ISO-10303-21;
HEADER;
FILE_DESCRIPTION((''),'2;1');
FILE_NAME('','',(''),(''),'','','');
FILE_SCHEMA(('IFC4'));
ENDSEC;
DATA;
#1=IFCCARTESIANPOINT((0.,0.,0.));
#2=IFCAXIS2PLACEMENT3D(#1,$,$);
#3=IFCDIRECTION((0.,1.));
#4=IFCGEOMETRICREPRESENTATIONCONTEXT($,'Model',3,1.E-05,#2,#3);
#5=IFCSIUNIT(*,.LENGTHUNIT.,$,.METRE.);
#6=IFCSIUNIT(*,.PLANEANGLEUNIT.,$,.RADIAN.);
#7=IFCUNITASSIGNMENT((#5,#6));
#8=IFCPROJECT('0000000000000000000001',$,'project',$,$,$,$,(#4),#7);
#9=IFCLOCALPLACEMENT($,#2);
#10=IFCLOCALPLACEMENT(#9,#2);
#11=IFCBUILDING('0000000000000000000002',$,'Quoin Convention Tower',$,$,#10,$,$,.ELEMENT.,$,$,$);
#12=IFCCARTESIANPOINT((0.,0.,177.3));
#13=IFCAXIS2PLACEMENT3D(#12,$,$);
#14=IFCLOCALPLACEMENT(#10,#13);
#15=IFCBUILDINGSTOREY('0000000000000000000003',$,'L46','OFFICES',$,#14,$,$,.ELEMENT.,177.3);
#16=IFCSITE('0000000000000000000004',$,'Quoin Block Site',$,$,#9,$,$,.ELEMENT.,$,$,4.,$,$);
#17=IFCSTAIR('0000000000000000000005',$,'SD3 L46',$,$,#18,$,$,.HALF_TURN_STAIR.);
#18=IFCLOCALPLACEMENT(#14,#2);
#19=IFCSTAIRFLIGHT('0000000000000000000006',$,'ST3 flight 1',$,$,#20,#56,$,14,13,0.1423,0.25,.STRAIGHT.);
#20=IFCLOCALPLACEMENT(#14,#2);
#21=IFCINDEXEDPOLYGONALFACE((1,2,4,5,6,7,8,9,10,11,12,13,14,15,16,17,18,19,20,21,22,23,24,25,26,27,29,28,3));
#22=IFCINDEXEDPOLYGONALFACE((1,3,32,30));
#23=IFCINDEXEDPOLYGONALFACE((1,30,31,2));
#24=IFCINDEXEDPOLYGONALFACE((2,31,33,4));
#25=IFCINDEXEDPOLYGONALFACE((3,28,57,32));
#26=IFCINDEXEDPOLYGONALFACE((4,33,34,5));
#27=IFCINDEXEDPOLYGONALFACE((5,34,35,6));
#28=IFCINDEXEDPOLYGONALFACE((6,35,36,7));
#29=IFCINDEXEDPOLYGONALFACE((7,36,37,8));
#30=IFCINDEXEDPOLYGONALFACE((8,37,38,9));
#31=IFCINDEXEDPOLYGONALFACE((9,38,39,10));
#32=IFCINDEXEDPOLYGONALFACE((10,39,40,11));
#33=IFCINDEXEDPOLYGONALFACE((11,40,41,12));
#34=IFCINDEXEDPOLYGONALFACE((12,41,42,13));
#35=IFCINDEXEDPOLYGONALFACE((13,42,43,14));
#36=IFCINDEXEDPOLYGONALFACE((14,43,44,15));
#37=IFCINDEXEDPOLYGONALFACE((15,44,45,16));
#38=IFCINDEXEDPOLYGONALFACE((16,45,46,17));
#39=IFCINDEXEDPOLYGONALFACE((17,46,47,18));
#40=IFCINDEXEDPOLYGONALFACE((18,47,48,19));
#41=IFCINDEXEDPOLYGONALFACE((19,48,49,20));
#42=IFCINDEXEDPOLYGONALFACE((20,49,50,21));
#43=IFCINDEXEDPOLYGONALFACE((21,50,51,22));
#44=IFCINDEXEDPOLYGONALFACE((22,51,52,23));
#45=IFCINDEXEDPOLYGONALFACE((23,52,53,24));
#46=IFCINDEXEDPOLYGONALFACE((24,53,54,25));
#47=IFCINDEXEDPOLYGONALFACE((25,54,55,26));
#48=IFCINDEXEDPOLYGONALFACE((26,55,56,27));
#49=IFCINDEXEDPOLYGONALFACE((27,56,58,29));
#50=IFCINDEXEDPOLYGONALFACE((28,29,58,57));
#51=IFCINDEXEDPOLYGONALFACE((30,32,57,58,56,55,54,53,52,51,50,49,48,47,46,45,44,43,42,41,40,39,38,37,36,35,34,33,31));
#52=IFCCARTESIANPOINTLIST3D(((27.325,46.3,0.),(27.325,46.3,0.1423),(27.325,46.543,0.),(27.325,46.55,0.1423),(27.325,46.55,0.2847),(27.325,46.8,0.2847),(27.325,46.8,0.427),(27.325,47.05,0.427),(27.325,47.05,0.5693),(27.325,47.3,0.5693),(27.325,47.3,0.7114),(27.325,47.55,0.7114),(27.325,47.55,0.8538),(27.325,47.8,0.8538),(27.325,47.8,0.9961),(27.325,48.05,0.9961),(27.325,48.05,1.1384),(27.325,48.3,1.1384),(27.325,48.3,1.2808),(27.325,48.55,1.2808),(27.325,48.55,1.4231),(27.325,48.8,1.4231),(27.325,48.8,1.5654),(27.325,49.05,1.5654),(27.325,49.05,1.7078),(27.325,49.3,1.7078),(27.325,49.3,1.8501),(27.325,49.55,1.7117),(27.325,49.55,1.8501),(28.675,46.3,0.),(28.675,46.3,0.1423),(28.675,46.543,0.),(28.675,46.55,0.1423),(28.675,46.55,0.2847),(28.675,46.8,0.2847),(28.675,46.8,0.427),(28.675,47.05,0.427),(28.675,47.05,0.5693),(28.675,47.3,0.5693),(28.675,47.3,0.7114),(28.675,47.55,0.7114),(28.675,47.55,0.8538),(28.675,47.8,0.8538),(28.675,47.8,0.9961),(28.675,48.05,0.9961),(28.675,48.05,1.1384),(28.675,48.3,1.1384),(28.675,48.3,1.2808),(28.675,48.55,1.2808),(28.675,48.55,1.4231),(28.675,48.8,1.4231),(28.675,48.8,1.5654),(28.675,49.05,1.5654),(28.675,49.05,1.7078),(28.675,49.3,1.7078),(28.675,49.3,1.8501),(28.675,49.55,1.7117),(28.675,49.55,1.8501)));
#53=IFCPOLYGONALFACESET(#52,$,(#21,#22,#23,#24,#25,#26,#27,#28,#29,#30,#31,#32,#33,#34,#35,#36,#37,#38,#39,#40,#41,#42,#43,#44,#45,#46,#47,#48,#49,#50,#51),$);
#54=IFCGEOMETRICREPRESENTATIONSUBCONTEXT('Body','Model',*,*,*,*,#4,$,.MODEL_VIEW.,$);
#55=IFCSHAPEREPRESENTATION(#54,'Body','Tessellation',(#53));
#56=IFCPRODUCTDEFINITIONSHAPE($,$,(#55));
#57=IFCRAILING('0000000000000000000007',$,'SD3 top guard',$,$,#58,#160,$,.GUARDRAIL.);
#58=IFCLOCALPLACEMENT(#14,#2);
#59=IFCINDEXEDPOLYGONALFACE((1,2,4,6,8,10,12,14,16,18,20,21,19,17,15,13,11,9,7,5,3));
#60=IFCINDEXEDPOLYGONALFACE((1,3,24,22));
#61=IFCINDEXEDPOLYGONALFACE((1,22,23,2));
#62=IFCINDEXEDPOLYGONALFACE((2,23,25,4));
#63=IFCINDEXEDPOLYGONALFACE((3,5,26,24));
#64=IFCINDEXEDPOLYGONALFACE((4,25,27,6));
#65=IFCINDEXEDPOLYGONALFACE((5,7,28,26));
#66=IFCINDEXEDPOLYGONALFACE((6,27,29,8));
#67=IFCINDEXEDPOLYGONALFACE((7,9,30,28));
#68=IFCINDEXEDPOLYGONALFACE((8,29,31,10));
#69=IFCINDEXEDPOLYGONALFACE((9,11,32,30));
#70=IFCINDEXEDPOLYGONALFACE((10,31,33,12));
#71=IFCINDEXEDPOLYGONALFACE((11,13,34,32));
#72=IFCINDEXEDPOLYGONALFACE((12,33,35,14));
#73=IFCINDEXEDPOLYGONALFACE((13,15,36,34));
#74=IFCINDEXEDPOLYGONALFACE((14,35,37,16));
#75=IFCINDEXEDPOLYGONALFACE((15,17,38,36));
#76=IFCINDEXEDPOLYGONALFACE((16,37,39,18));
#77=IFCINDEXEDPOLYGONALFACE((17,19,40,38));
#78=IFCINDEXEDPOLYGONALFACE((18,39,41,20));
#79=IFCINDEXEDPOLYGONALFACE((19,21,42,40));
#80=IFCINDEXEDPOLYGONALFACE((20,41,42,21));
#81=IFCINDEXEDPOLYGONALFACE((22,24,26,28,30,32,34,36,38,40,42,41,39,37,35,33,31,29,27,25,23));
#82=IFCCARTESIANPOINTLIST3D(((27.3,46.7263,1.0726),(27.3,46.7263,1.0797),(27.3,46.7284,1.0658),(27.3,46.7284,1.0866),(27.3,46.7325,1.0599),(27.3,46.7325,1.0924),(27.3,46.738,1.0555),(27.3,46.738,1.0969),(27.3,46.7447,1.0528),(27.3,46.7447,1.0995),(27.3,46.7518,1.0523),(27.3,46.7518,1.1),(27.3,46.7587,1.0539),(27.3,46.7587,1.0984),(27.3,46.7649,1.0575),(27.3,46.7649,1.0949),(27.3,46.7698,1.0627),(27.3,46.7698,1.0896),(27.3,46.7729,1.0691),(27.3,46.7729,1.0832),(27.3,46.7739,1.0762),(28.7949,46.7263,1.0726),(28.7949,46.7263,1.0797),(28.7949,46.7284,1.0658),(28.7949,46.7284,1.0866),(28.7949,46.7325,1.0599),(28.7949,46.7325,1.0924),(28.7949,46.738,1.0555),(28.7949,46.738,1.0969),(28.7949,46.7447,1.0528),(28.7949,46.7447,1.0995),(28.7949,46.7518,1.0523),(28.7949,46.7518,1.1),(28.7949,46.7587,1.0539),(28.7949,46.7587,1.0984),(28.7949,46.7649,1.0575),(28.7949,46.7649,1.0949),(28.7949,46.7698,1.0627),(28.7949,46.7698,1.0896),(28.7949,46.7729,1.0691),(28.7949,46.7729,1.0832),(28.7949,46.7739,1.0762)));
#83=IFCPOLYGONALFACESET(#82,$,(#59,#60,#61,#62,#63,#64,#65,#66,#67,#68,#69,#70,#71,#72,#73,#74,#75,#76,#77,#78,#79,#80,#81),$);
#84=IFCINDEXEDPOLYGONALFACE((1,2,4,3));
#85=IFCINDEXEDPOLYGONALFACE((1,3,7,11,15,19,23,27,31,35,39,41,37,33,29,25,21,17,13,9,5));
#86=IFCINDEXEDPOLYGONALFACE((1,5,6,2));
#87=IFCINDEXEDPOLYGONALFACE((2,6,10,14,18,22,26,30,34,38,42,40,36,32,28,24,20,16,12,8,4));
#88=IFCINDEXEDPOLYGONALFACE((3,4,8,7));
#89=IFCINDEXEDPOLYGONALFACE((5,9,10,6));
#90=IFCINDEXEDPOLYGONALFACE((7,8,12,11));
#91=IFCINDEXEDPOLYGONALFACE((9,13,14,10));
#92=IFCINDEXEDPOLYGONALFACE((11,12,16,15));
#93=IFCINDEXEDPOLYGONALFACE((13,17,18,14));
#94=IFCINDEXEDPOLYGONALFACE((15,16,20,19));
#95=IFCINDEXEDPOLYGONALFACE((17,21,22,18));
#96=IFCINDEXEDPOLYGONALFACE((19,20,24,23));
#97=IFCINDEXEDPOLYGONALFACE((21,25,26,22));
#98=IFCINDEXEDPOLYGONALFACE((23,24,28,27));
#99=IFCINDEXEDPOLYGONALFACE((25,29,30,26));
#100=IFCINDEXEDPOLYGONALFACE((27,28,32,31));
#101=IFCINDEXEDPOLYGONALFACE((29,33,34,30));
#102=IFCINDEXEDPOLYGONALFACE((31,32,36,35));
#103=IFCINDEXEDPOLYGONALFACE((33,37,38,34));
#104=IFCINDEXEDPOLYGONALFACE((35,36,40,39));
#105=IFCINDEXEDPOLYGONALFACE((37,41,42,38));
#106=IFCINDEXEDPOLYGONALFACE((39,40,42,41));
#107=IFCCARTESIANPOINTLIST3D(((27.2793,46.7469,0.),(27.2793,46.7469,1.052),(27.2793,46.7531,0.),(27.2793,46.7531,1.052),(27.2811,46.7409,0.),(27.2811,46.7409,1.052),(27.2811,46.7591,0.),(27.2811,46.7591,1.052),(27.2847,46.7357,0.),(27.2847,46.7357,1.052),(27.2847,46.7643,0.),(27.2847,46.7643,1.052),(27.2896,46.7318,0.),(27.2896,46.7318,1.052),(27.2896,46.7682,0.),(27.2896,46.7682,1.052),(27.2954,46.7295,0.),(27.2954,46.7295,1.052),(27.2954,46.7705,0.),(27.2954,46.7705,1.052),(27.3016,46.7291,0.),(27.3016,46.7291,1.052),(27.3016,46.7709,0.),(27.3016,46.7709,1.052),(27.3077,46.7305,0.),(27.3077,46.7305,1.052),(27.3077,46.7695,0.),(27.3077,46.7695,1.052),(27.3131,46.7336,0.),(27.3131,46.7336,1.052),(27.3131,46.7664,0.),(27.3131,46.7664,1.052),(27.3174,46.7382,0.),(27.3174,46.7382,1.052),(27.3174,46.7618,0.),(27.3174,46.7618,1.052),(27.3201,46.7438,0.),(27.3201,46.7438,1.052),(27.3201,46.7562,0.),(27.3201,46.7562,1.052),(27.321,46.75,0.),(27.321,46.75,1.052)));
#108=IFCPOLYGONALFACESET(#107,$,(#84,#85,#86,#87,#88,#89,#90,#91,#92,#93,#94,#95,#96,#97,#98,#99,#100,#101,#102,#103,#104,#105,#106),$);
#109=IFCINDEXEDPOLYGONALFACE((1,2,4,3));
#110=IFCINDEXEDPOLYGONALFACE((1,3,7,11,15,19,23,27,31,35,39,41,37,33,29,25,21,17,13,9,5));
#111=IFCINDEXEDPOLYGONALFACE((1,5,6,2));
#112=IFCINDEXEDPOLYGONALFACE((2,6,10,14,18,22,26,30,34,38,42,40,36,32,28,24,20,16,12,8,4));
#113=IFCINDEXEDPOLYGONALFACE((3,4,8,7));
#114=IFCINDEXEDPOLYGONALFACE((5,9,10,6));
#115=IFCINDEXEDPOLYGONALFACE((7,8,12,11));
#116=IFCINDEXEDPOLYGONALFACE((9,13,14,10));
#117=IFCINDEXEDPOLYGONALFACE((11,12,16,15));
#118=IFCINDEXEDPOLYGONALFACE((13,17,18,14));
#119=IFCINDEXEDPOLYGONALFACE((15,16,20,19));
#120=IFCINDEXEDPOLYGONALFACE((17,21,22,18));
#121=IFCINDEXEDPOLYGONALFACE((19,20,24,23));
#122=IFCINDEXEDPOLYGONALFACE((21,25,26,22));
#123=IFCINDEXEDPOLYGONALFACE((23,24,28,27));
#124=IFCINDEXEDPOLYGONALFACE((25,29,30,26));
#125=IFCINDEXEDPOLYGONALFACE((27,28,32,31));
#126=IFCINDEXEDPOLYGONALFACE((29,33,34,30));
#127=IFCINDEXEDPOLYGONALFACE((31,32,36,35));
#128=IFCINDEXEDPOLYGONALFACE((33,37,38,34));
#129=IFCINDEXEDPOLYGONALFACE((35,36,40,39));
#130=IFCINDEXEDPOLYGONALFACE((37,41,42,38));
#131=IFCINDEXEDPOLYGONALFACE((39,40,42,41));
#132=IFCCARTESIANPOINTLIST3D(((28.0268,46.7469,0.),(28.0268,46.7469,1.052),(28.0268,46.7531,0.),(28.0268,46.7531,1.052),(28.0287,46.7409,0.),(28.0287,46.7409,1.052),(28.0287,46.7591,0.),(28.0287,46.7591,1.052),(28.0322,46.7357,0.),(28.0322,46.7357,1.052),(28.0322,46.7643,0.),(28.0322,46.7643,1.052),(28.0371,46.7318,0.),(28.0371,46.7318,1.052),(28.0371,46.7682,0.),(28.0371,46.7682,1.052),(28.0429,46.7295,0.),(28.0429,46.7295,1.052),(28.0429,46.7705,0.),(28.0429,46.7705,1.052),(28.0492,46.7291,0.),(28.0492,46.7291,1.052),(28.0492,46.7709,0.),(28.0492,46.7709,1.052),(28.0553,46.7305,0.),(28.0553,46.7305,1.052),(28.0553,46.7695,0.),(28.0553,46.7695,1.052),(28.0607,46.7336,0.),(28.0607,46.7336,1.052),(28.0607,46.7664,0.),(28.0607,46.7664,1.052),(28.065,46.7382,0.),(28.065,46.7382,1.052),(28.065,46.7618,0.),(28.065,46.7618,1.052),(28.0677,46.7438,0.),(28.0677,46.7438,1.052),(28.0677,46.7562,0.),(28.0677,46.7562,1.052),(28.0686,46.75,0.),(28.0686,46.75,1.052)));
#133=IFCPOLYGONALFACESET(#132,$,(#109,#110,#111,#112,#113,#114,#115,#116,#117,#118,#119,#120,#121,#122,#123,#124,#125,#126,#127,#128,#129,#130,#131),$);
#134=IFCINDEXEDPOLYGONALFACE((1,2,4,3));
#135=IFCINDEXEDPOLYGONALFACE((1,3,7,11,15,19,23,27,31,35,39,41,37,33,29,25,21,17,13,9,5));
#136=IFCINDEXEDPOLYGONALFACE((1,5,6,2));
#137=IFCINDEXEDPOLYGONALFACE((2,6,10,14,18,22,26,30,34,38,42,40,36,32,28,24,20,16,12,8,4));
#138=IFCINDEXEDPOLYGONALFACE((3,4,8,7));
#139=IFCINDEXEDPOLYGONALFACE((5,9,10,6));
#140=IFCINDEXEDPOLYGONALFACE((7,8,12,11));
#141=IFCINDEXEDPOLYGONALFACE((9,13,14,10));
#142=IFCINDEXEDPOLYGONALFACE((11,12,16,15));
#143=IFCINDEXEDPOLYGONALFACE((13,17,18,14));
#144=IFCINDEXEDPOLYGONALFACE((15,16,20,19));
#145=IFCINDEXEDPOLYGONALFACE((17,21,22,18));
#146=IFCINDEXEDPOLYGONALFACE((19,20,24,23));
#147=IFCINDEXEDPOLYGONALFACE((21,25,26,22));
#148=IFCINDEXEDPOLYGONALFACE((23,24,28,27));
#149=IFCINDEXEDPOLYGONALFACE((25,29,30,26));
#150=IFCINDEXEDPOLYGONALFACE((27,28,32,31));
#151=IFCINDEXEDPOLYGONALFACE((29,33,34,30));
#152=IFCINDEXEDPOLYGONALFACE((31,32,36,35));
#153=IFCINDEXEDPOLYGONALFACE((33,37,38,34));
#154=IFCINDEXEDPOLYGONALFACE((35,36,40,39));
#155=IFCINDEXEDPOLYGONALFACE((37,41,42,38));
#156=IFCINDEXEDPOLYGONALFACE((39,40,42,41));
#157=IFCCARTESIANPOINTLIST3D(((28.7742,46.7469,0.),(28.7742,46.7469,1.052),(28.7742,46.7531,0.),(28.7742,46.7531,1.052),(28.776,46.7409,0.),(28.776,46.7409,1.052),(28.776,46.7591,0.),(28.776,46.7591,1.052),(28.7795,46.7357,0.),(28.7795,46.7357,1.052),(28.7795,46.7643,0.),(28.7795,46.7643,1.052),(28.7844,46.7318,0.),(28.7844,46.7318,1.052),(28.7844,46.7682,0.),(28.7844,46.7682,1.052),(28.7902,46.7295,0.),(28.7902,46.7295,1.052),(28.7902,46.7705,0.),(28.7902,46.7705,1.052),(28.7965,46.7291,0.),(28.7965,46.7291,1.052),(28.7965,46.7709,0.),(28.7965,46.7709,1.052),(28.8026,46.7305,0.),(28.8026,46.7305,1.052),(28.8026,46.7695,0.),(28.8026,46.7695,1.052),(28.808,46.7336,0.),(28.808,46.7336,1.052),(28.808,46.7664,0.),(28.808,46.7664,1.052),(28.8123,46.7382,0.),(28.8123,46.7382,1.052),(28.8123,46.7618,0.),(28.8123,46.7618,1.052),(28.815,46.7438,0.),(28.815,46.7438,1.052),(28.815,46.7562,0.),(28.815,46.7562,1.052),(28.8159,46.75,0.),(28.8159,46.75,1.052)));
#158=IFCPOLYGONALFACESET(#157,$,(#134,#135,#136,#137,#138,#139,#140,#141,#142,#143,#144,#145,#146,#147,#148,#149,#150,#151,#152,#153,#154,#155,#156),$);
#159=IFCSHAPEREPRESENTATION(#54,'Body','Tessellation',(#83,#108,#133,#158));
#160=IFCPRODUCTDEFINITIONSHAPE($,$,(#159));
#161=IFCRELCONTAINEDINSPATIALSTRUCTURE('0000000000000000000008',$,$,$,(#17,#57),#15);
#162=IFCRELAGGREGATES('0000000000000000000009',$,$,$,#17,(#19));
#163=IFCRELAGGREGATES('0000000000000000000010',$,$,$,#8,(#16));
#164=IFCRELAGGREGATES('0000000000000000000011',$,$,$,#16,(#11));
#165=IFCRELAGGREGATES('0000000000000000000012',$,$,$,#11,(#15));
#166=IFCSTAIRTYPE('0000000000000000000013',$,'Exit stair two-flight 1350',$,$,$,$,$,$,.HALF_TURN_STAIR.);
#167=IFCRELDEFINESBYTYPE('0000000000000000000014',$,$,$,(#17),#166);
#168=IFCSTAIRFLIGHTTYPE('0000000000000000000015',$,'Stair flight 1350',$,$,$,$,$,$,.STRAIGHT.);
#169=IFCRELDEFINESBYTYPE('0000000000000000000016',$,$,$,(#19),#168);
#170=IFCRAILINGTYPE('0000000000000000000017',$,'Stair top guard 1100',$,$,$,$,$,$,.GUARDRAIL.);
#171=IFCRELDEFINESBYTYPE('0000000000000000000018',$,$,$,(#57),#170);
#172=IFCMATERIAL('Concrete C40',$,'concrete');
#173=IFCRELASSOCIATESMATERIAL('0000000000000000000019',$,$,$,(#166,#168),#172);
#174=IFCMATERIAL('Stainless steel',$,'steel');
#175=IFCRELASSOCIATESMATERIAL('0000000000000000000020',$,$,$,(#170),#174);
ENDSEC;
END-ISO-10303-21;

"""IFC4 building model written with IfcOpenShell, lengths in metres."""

from ifc_helpers import new_model, si_unit, direction, frame, origin, origin_2d, place, context, subcontext, project, spatial, polyline, circle, outline, extrude, material, type_object, element, aggregate, save


model = new_model("IFC4")

# Units and contexts
model_context = context("Model", 3, precision=1e-05, world=origin(), true_north=direction((0.0, 1.0)))
body_context = subcontext(model_context, "Body", "Model", "MODEL_VIEW")
ifc_project = project(units=[si_unit("LENGTHUNIT", "METRE"), si_unit("PLANEANGLEUNIT", "RADIAN")], contexts=[model_context])

# Site, building, storey
site_placement = place(None, origin())
site = spatial("IfcSite", under=ifc_project, at=site_placement, Name="Quoin Block Site", CompositionType="ELEMENT", RefElevation=4.0)
building_placement = place(site_placement, origin())
building = spatial("IfcBuilding", under=site, at=building_placement, Name="Quoin Convention Tower", CompositionType="ELEMENT")
storey_placement = place(building_placement, frame((0.0, 0.0, 177.3)))
storey = spatial("IfcBuildingStorey", under=building, at=storey_placement, Name="L46", Description="OFFICES", CompositionType="ELEMENT", Elevation=177.3)

# Stair, stair flight
ifc_material_1 = material(Name="Concrete C40", Category="concrete")
stair_type = type_object("IfcStairType", Name="Exit stair two-flight 1350", PredefinedType="HALF_TURN_STAIR", material=ifc_material_1)
stair_placement = place(storey_placement, origin())
stair = element("IfcStair", 1, at=stair_placement, inside=storey, type_object=stair_type, Name="SD3 L46", PredefinedType="HALF_TURN_STAIR")
stair_flight_type = type_object("IfcStairFlightType", Name="Stair flight 1350", PredefinedType="STRAIGHT", material=ifc_material_1)
stair_flight_placement = place(storey_placement, frame((28.0, 46.3, 0.0), z_axis=(0.0, 0.0, 1.0), x_axis=(0.0, 1.0, 0.0)))
stair_flight = element("IfcStairFlight", 2, at=stair_flight_placement, type_object=stair_flight_type, Name="ST3 flight 1", NumberOfRisers=14, NumberOfTreads=13, PredefinedType="STRAIGHT", RiserHeight=0.1423, TreadLength=0.25, context=body_context, shape_type="SweptSolid", body=[
    extrude(outline(polyline([(0.0, 0.0), (0.0, 0.1423), (0.25, 0.1423), (0.25, 0.2847), (0.5, 0.2847), (0.5, 0.427), (0.75, 0.427), (0.75, 0.5693), (1.0, 0.5693), (1.0, 0.7114), (1.25, 0.7114), (1.25, 0.8538), (1.5, 0.8538), (1.5, 0.9961), (1.75, 0.9961), (1.75, 1.1384), (2.0, 1.1384), (2.0, 1.2808), (2.25, 1.2808), (2.25, 1.4231), (2.5, 1.4231), (2.5, 1.5654), (2.75, 1.5654), (2.75, 1.7078), (3.0, 1.7078), (3.0, 1.8501), (3.25, 1.8501), (3.25, 1.9922), (3.25, 1.7117), (0.2429, 0.0), (0.0, 0.0)])), frame((0.0, 0.675, 0.0), z_axis=(0.0, -1.0, 0.0), x_axis=(1.0, 0.0, 0.0)), (0.0, 0.0, 1.0), 1.3501),
])
aggregate(stair, [stair_flight])

# Railing
ifc_material_2 = material(Name="Stainless steel", Category="steel")
railing_type_1 = type_object("IfcRailingType", Name="Stair top guard 1100", PredefinedType="GUARDRAIL", material=ifc_material_2)
railing_1_placement = place(storey_placement, frame((27.3, 46.75, 0.0)))
element("IfcRailing", 3, at=railing_1_placement, inside=storey, type_object=railing_type_1, Name="SD3 top guard", PredefinedType="GUARDRAIL", context=body_context, shape_type="SweptSolid", body=[
    extrude(circle(Radius=0.0239, at=origin_2d()), frame((0.0, 0.0, 1.0762), z_axis=(1.0, 0.0, 0.0), x_axis=(0.0, 1.0, 0.0)), (0.0, 0.0, 1.0), 1.4949),
    extrude(circle(Radius=0.021, at=origin_2d()), origin(), (0.0, 0.0, 1.0), 1.052),
    extrude(circle(Radius=0.021, at=origin_2d()), frame((0.7476, 0.0, 0.0)), (0.0, 0.0, 1.0), 1.052),
    extrude(circle(Radius=0.021, at=origin_2d()), frame((1.4949, 0.0, 0.0)), (0.0, 0.0, 1.0), 1.052),
])

save(model, "model.ifc")
